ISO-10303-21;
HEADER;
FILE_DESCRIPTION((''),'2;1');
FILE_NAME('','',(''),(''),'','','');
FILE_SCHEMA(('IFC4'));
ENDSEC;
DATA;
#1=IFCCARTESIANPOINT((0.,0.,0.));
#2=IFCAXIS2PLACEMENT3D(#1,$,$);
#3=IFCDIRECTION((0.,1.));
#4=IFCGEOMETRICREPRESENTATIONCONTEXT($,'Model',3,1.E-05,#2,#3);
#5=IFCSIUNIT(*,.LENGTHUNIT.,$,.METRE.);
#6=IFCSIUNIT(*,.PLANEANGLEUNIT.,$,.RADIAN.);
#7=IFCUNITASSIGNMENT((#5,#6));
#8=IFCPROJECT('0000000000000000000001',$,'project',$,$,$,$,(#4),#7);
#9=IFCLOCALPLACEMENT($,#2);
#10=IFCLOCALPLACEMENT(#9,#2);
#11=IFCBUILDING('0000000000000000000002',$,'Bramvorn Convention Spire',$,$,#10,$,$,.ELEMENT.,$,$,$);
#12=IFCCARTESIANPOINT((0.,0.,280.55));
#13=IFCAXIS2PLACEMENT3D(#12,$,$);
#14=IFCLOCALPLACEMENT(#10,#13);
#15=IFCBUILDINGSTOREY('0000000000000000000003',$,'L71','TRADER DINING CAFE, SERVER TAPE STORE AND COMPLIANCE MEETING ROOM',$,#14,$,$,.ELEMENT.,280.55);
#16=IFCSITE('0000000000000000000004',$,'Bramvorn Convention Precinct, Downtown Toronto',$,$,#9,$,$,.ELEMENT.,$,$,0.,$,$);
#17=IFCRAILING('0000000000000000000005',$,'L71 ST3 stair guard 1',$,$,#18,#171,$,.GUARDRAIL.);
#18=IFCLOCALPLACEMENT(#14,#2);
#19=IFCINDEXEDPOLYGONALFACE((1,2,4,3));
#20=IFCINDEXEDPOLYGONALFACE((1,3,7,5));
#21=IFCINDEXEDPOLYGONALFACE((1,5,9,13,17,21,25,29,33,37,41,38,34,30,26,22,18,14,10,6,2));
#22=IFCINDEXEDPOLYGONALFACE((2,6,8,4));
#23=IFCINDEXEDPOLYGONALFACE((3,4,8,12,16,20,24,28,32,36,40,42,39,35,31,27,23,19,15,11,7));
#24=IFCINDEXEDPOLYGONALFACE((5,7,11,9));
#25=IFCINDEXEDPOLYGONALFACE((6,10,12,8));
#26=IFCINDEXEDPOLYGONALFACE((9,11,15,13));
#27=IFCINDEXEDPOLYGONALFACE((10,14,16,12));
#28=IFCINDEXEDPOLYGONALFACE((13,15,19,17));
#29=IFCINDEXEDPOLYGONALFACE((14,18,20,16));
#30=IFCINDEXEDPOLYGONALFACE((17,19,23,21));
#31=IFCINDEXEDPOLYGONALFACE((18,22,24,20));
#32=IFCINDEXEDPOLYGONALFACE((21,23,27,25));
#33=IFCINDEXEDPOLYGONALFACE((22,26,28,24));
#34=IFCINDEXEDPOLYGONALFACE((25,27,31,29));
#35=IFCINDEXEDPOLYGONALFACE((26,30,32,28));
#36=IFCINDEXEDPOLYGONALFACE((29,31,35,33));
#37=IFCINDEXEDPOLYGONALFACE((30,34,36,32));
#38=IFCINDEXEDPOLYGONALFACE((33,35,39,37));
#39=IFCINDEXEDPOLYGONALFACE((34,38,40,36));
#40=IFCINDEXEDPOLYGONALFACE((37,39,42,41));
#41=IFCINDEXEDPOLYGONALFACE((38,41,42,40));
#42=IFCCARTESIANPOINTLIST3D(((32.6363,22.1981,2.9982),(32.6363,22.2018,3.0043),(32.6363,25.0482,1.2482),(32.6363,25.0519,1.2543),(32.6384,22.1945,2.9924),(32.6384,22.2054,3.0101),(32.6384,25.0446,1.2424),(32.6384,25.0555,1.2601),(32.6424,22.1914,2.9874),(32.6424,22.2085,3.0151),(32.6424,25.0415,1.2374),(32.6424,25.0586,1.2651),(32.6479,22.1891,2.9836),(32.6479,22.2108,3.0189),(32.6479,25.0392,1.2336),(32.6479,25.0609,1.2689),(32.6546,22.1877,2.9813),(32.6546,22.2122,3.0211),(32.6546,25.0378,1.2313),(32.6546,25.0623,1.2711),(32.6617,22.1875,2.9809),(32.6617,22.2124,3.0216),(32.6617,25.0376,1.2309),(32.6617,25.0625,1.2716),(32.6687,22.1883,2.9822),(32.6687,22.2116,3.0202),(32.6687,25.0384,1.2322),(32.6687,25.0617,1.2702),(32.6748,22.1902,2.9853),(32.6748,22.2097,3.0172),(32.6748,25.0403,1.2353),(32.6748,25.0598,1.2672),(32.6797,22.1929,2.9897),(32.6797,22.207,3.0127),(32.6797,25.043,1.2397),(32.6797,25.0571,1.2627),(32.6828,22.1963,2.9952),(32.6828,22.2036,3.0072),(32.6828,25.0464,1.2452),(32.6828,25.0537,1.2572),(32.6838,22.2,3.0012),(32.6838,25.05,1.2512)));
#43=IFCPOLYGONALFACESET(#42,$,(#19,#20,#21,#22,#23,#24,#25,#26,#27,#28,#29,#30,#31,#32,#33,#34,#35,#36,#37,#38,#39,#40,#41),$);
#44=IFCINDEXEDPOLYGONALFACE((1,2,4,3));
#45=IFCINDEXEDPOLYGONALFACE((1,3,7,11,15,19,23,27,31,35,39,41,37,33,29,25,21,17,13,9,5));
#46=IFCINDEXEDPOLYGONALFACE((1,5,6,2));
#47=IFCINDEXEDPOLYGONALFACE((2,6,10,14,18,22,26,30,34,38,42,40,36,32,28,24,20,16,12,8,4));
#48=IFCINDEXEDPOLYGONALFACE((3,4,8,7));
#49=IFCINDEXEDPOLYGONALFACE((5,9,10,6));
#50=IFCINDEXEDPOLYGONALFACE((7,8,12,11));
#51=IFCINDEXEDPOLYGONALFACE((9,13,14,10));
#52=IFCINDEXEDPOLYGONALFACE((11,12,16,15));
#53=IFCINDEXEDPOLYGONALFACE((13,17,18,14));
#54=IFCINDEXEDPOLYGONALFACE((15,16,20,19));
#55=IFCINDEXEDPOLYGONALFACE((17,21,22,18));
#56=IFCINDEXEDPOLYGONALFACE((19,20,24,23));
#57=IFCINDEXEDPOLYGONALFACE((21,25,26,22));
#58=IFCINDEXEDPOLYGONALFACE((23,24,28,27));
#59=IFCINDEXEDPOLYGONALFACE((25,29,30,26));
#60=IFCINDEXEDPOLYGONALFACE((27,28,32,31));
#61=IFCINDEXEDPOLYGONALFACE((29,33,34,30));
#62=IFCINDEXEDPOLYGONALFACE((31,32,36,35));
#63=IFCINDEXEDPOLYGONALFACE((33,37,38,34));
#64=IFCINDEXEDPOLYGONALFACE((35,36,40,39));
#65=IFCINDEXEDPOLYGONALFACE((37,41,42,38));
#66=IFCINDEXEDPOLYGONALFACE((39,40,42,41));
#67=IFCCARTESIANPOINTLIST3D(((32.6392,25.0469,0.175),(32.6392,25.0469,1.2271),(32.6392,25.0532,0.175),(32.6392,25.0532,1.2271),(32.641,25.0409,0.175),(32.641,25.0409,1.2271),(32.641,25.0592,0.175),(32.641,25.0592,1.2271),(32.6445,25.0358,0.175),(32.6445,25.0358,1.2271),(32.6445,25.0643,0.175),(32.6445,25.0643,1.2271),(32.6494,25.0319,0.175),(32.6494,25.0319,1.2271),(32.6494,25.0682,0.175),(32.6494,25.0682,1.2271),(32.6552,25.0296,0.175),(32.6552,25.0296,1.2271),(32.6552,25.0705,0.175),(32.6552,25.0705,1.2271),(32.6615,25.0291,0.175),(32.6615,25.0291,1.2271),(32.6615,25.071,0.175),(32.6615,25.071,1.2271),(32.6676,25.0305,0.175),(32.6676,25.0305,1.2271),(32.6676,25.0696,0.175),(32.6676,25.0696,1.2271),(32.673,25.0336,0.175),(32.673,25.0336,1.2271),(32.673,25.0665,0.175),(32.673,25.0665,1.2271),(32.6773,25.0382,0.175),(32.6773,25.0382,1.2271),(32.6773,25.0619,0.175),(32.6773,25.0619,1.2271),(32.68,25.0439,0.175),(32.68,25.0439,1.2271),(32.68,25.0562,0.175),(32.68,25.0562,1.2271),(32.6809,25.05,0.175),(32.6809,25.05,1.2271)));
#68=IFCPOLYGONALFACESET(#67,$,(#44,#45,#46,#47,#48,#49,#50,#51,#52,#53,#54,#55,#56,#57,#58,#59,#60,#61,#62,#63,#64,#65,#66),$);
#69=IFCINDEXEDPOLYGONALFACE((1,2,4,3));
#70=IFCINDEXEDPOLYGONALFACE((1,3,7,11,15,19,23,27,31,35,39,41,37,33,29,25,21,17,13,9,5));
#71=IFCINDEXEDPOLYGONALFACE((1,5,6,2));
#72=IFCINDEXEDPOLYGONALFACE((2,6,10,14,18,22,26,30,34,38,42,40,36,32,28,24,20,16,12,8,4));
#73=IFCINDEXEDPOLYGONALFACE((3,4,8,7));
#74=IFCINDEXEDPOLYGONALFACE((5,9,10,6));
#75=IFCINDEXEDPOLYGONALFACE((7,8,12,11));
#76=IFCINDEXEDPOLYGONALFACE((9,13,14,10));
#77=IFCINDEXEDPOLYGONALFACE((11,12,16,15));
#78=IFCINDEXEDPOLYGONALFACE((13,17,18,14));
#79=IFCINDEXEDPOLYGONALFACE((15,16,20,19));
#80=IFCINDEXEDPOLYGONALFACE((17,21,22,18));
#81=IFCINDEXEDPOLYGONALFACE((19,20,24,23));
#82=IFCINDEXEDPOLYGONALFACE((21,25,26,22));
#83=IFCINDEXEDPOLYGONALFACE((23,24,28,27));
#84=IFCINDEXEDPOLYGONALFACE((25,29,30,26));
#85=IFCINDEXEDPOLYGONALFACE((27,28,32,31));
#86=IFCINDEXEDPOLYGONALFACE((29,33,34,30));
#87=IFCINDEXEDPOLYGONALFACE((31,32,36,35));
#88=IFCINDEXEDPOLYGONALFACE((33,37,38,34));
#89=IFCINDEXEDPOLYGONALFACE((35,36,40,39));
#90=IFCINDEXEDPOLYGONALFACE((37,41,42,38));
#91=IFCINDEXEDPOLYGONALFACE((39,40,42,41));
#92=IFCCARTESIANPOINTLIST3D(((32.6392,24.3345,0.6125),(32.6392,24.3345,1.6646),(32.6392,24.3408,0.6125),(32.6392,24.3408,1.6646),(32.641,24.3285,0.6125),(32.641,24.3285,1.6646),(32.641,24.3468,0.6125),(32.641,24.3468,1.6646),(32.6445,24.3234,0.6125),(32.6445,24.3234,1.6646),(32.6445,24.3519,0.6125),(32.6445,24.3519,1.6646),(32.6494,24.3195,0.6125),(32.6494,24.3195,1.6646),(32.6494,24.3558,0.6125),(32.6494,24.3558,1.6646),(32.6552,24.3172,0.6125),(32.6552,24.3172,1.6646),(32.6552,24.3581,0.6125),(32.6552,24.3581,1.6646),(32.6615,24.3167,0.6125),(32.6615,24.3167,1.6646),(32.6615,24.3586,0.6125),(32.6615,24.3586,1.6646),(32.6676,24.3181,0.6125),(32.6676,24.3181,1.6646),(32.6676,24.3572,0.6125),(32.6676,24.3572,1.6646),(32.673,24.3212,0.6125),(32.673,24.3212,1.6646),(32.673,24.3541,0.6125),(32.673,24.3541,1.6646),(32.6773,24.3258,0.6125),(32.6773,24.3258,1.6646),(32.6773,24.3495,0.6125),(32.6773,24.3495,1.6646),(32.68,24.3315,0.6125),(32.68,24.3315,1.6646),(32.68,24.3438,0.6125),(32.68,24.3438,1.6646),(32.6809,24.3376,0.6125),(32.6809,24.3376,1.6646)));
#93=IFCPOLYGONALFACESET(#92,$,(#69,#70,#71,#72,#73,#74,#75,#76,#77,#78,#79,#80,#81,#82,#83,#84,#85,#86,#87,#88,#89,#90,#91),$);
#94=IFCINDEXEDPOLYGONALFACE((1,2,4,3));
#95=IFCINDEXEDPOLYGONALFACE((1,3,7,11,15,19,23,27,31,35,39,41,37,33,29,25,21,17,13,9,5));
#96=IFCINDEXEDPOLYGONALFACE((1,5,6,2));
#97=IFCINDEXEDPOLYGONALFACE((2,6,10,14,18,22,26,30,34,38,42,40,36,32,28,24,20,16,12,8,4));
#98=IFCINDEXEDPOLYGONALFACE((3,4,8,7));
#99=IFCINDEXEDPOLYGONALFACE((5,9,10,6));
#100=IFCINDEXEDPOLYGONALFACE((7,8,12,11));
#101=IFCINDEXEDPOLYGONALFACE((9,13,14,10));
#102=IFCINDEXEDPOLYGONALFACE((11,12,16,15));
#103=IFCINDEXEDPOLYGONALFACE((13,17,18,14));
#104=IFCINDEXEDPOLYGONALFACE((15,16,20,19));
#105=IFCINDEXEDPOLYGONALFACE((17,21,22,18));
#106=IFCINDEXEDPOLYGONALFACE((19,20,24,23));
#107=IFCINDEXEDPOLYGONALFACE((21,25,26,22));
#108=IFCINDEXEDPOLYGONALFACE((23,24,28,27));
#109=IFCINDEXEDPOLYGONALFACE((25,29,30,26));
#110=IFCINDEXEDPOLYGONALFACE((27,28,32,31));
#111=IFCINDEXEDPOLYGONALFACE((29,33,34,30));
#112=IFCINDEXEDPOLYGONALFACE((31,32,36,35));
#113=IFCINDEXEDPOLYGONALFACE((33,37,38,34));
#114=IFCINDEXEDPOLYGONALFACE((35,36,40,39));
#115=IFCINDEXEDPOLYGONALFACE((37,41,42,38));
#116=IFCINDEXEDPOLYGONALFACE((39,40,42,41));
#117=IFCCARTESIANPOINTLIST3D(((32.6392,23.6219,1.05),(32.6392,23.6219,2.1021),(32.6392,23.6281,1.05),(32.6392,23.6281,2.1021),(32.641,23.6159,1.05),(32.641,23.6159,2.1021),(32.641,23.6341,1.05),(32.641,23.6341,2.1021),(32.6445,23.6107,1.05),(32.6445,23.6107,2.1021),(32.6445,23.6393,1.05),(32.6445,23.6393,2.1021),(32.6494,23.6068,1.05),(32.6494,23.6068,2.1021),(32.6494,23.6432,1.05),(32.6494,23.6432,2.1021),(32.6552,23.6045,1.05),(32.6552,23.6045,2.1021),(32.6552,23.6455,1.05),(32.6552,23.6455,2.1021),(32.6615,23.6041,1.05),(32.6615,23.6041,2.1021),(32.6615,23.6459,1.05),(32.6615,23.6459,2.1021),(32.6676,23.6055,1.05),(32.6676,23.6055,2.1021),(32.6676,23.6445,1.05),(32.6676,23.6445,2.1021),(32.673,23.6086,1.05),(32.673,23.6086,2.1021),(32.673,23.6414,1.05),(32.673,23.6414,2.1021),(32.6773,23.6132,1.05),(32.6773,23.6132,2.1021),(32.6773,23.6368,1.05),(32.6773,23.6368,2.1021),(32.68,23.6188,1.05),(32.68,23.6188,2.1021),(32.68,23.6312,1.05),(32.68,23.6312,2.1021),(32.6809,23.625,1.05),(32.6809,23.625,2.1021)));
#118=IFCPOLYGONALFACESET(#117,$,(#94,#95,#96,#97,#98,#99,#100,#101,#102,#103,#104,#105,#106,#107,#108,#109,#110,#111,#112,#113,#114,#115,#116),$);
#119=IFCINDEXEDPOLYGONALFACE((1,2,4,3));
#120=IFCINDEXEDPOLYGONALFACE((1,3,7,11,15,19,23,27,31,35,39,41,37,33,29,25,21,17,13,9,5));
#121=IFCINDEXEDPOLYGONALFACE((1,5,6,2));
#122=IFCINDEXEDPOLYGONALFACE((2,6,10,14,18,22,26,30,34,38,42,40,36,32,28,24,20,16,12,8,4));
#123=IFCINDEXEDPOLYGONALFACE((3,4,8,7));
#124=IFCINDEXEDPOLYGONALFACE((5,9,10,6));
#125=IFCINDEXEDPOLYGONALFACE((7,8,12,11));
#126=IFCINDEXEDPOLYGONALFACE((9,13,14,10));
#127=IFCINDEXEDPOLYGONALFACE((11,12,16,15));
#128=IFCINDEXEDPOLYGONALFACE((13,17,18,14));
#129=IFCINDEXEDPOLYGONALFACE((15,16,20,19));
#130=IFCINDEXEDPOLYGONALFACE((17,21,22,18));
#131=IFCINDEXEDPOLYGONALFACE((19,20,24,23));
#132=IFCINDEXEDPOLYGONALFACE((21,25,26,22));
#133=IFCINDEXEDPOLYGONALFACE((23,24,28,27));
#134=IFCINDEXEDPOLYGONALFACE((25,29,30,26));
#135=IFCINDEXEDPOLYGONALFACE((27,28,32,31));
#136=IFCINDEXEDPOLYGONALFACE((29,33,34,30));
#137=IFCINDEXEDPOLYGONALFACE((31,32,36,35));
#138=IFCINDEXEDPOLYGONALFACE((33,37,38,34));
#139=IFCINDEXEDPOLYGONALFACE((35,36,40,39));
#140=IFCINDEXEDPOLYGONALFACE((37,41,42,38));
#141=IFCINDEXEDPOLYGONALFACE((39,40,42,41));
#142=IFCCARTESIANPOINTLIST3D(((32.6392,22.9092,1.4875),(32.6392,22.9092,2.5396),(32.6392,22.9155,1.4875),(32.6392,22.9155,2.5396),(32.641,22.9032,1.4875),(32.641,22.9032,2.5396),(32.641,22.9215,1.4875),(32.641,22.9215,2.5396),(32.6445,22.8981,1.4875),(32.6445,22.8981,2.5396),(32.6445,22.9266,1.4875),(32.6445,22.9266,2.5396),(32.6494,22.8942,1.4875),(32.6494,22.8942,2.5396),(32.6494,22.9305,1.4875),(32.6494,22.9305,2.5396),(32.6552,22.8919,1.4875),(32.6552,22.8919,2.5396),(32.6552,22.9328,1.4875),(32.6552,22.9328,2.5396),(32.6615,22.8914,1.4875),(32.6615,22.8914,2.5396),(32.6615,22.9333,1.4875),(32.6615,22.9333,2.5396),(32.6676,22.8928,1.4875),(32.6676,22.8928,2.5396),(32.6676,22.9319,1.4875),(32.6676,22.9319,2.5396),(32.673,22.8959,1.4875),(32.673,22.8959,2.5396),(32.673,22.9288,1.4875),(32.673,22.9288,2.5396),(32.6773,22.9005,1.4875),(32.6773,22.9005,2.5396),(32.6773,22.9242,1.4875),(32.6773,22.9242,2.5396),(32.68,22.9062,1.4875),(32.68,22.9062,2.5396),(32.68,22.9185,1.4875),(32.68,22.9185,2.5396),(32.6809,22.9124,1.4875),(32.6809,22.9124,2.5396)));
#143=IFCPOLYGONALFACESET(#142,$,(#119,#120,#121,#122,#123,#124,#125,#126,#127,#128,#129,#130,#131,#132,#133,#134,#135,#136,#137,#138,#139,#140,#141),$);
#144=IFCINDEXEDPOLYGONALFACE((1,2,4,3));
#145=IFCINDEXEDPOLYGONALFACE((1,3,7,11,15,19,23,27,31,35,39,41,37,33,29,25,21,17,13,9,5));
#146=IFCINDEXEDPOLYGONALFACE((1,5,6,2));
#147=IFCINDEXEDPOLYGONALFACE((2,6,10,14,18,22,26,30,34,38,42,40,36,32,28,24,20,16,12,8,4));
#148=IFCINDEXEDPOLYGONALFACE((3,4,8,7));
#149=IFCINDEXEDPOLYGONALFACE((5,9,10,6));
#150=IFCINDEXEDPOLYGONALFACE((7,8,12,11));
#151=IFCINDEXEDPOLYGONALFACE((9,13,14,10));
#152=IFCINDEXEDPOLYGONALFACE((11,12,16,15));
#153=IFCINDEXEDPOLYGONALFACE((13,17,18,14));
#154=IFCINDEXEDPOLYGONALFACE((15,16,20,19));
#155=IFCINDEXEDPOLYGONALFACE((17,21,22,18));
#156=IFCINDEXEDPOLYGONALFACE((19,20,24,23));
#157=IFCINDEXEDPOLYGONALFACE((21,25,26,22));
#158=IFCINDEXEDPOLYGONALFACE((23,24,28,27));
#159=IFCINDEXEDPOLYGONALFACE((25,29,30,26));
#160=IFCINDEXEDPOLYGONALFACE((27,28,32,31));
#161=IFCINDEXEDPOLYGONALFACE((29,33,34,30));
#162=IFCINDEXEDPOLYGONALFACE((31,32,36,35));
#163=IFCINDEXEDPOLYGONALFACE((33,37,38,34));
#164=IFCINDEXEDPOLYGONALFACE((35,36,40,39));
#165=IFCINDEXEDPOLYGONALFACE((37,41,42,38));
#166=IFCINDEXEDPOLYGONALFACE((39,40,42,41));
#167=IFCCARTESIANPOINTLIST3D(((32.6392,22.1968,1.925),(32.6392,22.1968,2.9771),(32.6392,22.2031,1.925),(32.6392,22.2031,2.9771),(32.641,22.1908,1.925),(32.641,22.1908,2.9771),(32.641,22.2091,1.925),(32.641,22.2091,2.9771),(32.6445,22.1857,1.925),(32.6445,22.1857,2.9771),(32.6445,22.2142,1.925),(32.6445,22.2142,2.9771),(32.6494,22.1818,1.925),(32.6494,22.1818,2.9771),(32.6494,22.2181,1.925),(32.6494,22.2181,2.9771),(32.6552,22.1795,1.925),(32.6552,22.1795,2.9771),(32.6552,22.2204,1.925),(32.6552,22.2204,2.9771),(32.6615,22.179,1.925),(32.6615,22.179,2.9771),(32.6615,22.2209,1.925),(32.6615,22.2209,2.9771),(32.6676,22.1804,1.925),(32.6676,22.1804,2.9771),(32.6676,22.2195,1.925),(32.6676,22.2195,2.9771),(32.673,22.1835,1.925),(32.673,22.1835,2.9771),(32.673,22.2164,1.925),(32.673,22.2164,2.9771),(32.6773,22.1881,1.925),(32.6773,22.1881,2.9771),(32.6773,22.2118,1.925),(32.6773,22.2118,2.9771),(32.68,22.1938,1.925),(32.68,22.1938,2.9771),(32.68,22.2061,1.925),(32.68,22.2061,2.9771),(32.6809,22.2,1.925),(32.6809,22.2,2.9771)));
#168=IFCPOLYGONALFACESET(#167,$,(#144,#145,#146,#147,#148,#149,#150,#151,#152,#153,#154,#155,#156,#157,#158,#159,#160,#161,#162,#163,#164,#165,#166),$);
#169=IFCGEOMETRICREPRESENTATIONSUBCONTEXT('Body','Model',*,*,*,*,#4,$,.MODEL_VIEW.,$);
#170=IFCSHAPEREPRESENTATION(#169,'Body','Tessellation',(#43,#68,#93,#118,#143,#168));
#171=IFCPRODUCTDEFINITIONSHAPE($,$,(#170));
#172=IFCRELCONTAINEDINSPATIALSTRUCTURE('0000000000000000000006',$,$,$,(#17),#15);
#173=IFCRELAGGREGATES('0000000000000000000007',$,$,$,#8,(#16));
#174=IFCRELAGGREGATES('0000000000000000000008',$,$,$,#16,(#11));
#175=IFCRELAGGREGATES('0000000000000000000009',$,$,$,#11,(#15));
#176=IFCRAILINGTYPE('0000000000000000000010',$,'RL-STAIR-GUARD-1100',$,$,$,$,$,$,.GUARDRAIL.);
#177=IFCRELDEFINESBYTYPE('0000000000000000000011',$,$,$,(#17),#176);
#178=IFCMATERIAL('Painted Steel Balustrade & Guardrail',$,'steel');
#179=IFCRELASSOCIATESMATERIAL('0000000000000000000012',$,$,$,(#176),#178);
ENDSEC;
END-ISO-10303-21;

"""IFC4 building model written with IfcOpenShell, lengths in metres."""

from ifc_helpers import new_model, si_unit, direction, frame, origin, origin_2d, place, context, subcontext, project, spatial, circle, extrude, material, type_object, element, save


model = new_model("IFC4")

# Units and contexts
model_context = context("Model", 3, precision=1e-05, world=origin(), true_north=direction((0.0, 1.0)))
body_context = subcontext(model_context, "Body", "Model", "MODEL_VIEW")
ifc_project = project(units=[si_unit("LENGTHUNIT", "METRE"), si_unit("PLANEANGLEUNIT", "RADIAN")], contexts=[model_context])

# Site, building, storey
site_placement = place(None, origin())
site = spatial("IfcSite", under=ifc_project, at=site_placement, Name="Bramvorn Convention Precinct, Downtown Toronto", CompositionType="ELEMENT", RefElevation=0.0)
building_placement = place(site_placement, origin())
building = spatial("IfcBuilding", under=site, at=building_placement, Name="Bramvorn Convention Spire", CompositionType="ELEMENT")
storey_placement = place(building_placement, frame((0.0, 0.0, 280.55)))
storey = spatial("IfcBuildingStorey", under=building, at=storey_placement, Name="L71", Description="TRADER DINING CAFE, SERVER TAPE STORE AND COMPLIANCE MEETING ROOM", CompositionType="ELEMENT", Elevation=280.55)

# Railing
ifc_material_1 = material(Name="Painted Steel Balustrade & Guardrail", Category="steel")
railing_type_1 = type_object("IfcRailingType", Name="RL-STAIR-GUARD-1100", PredefinedType="GUARDRAIL", material=ifc_material_1)
railing_1_placement = place(storey_placement, frame((32.6599, 25.05, 0.175)))
element("IfcRailing", 1, at=railing_1_placement, inside=storey, type_object=railing_type_1, Name="L71 ST3 stair guard 1", PredefinedType="GUARDRAIL", context=body_context, shape_type="SweptSolid", body=[
    extrude(circle(Radius=0.0239, at=origin_2d()), frame((0.0, 0.0, 1.0762), z_axis=(0.0, -0.852179, 0.52325), x_axis=(1.0, 0.0, 0.0)), (0.0, 0.0, 1.0), 3.3445),
    extrude(circle(Radius=0.021, at=origin_2d()), origin(), (0.0, 0.0, 1.0), 1.052),
    extrude(circle(Radius=0.021, at=origin_2d()), frame((0.0, -0.7124, 0.4375)), (0.0, 0.0, 1.0), 1.052),
    extrude(circle(Radius=0.021, at=origin_2d()), frame((0.0, -1.425, 0.875)), (0.0, 0.0, 1.0), 1.052),
    extrude(circle(Radius=0.021, at=origin_2d()), frame((0.0, -2.1377, 1.3125)), (0.0, 0.0, 1.0), 1.052),
    extrude(circle(Radius=0.021, at=origin_2d()), frame((0.0, -2.8501, 1.75)), (0.0, 0.0, 1.0), 1.052),
])

save(model, "model.ifc")
